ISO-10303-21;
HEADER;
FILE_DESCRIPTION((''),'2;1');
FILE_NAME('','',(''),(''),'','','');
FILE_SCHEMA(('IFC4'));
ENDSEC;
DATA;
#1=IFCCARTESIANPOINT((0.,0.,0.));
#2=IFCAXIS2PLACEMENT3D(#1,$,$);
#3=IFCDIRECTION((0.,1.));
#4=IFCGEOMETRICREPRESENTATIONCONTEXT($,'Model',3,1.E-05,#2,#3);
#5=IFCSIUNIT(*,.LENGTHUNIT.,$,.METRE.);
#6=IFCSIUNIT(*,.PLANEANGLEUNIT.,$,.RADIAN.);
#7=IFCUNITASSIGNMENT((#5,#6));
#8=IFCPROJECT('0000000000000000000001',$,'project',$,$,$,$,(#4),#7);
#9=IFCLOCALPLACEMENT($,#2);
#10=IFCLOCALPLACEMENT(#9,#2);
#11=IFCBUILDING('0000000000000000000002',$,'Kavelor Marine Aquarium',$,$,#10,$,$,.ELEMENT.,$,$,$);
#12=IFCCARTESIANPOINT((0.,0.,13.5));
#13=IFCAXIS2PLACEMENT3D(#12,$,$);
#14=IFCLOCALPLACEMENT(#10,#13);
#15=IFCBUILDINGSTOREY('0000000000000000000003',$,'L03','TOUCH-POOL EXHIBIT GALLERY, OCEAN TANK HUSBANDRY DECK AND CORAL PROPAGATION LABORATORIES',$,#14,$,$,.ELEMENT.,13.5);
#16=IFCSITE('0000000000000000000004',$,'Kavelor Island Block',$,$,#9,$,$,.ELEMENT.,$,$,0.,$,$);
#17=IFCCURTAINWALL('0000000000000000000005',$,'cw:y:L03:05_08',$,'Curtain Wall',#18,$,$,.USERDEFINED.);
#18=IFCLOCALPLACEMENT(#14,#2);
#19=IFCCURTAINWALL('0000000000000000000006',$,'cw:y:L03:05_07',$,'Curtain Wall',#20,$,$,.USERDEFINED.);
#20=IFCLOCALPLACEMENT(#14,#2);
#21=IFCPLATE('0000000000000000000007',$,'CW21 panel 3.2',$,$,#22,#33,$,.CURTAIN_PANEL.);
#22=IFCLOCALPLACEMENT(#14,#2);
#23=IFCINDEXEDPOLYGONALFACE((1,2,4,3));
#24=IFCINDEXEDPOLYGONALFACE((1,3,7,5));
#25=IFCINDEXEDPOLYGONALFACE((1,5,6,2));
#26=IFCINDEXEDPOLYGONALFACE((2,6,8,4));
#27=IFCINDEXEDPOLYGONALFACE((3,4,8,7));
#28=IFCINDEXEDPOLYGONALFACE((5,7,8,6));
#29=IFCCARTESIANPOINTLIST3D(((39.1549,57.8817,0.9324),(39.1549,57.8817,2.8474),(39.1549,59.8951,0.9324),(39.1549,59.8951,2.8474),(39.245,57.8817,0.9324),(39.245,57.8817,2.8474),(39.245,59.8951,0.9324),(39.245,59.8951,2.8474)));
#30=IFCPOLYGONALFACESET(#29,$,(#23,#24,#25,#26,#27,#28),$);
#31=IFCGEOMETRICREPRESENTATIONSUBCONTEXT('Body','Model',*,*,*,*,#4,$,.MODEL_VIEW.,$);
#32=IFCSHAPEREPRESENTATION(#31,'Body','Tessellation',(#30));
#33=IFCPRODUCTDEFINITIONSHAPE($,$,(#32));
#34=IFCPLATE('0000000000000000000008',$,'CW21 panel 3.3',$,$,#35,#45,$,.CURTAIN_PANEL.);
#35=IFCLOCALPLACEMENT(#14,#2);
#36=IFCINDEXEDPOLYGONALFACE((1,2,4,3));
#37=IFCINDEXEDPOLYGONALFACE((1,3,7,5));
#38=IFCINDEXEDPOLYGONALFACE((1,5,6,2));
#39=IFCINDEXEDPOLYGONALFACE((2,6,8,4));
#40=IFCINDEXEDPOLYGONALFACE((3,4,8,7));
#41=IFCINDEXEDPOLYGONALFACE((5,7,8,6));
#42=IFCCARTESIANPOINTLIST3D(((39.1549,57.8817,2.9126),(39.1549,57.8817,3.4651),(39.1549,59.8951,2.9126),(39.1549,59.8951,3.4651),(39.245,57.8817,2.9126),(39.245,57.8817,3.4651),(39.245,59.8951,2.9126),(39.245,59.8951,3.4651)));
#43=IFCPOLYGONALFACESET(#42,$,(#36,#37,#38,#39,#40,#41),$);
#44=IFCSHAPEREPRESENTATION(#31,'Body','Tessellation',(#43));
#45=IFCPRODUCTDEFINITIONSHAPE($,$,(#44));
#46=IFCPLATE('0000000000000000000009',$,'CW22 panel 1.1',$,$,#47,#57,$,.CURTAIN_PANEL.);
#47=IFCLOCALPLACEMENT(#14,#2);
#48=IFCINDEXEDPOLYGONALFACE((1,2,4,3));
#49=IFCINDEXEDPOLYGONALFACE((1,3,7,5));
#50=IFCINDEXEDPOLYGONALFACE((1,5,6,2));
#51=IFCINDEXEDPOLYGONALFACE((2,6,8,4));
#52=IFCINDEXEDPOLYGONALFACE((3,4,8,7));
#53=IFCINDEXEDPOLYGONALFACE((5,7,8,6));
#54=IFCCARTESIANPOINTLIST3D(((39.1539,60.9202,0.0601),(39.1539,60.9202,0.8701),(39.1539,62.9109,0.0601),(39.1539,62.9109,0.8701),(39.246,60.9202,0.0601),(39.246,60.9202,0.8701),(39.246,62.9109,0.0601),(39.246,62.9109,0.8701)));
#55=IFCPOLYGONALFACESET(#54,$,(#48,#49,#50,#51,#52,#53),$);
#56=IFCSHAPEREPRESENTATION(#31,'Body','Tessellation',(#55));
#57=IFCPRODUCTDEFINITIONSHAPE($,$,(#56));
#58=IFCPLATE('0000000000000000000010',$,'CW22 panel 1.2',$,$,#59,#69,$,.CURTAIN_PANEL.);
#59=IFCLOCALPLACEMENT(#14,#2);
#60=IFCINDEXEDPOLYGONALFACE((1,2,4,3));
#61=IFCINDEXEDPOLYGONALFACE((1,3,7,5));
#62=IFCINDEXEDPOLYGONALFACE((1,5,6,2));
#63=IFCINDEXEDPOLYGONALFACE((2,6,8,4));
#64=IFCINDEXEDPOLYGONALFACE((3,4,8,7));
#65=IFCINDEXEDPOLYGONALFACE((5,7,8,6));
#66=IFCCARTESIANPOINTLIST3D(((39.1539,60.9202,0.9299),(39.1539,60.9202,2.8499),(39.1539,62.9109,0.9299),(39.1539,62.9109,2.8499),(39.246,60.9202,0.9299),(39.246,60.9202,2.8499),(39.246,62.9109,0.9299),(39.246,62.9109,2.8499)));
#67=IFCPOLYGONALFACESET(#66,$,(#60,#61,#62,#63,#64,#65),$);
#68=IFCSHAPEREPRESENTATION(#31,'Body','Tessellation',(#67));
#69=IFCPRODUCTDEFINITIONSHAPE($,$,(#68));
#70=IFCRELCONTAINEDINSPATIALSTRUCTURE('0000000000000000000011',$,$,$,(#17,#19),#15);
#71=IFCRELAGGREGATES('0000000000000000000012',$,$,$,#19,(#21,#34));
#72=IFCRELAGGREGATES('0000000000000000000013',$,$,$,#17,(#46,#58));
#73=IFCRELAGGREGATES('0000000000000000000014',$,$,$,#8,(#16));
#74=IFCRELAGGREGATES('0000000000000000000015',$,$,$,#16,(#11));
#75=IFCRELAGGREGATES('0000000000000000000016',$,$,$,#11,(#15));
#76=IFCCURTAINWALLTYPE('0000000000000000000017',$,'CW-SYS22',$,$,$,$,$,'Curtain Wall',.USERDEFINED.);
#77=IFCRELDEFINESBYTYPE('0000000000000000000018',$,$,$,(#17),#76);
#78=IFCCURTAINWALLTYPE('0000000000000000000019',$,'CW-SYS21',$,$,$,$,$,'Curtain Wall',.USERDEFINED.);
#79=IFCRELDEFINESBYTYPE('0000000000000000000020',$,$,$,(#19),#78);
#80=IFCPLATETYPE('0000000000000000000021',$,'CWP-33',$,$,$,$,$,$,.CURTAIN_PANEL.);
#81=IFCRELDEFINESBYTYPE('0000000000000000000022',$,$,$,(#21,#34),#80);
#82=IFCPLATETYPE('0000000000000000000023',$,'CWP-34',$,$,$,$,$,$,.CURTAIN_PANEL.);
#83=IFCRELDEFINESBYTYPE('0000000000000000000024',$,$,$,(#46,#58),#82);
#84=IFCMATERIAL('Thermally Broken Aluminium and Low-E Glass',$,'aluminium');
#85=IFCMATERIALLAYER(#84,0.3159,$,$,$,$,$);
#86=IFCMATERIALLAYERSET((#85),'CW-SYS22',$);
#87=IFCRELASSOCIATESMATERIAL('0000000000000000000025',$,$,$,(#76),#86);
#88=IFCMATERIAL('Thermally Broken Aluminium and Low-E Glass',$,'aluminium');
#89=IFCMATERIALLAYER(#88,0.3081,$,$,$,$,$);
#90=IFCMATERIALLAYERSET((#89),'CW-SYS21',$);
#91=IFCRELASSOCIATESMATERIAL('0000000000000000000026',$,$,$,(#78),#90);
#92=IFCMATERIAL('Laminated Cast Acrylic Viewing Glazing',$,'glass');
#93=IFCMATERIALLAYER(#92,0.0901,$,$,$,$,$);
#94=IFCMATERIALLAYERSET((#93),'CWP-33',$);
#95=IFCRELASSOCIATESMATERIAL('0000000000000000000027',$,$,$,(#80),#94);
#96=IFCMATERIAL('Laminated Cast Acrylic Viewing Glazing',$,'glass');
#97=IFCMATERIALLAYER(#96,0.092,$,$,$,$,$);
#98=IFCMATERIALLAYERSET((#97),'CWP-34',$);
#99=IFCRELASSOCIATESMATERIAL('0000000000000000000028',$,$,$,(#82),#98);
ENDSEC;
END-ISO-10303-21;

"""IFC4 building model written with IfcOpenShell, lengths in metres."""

from ifc_helpers import new_model, si_unit, direction, frame, origin, origin_2d, place, context, subcontext, project, spatial, rectangle, extrude, material, layer, layer_set, type_object, element, aggregate, save


model = new_model("IFC4")

# Units and contexts
model_context = context("Model", 3, precision=1e-05, world=origin(), true_north=direction((0.0, 1.0)))
body_context = subcontext(model_context, "Body", "Model", "MODEL_VIEW")
ifc_project = project(units=[si_unit("LENGTHUNIT", "METRE"), si_unit("PLANEANGLEUNIT", "RADIAN")], contexts=[model_context])

# Site, building, storey
site_placement = place(None, origin())
site = spatial("IfcSite", under=ifc_project, at=site_placement, Name="Kavelor Island Block", CompositionType="ELEMENT", RefElevation=0.0)
building_placement = place(site_placement, origin())
building = spatial("IfcBuilding", under=site, at=building_placement, Name="Kavelor Marine Aquarium", CompositionType="ELEMENT")
storey_placement = place(building_placement, frame((0.0, 0.0, 13.5)))
storey = spatial("IfcBuildingStorey", under=building, at=storey_placement, Name="L03", Description="TOUCH-POOL EXHIBIT GALLERY, OCEAN TANK HUSBANDRY DECK AND CORAL PROPAGATION LABORATORIES", CompositionType="ELEMENT", Elevation=13.5)

# Curtain wall
ifc_material_1 = material(Name="Thermally Broken Aluminium and Low-E Glass", Category="aluminium")
ifc_layer_1 = layer(ifc_material_1, 0.3159)
ifc_layer_set_1 = layer_set([ifc_layer_1], Name="CW-SYS22")
curtain_wall_type_1 = type_object("IfcCurtainWallType", Name="CW-SYS22", ElementType="Curtain Wall", PredefinedType="USERDEFINED", material=ifc_layer_set_1)
curtain_wall_1_placement = place(storey_placement, origin())
curtain_wall_1 = element("IfcCurtainWall", 1, at=curtain_wall_1_placement, inside=storey, type_object=curtain_wall_type_1, Name="cw:y:L03:05_08", ObjectType="Curtain Wall", PredefinedType="USERDEFINED")

# Curtain wall
ifc_material_2 = material(Name="Thermally Broken Aluminium and Low-E Glass", Category="aluminium")
ifc_layer_2 = layer(ifc_material_2, 0.3081)
ifc_layer_set_2 = layer_set([ifc_layer_2], Name="CW-SYS21")
curtain_wall_type_2 = type_object("IfcCurtainWallType", Name="CW-SYS21", ElementType="Curtain Wall", PredefinedType="USERDEFINED", material=ifc_layer_set_2)
curtain_wall_2_placement = place(storey_placement, origin())
curtain_wall_2 = element("IfcCurtainWall", 2, at=curtain_wall_2_placement, inside=storey, type_object=curtain_wall_type_2, Name="cw:y:L03:05_07", ObjectType="Curtain Wall", PredefinedType="USERDEFINED")

# Plates
ifc_material_3 = material(Name="Laminated Cast Acrylic Viewing Glazing", Category="glass")
ifc_layer_3 = layer(ifc_material_3, 0.0901)
ifc_layer_set_3 = layer_set([ifc_layer_3], Name="CWP-33")
plate_type_1 = type_object("IfcPlateType", Name="CWP-33", PredefinedType="CURTAIN_PANEL", material=ifc_layer_set_3)
plate_1_placement = place(storey_placement, frame((39.2, 58.8884, 0.9324), z_axis=(0.0, 0.0, 1.0), x_axis=(0.0, 1.0, 0.0)))
plate_1 = element("IfcPlate", 3, at=plate_1_placement, type_object=plate_type_1, Name="CW21 panel 3.2", PredefinedType="CURTAIN_PANEL", context=body_context, shape_type="SweptSolid", body=[
    extrude(rectangle(XDim=2.0134, YDim=0.0901, at=origin_2d()), origin(), (0.0, 0.0, 1.0), 1.915),
])
plate_2_placement = place(storey_placement, frame((39.2, 58.8884, 2.9126), z_axis=(0.0, 0.0, 1.0), x_axis=(0.0, 1.0, 0.0)))
plate_2 = element("IfcPlate", 4, at=plate_2_placement, type_object=plate_type_1, Name="CW21 panel 3.3", PredefinedType="CURTAIN_PANEL", context=body_context, shape_type="SweptSolid", body=[
    extrude(rectangle(XDim=2.0134, YDim=0.0901, at=origin_2d()), origin(), (0.0, 0.0, 1.0), 0.5525),
])
aggregate(curtain_wall_2, [plate_1, plate_2])
ifc_material_4 = material(Name="Laminated Cast Acrylic Viewing Glazing", Category="glass")
ifc_layer_4 = layer(ifc_material_4, 0.092)
ifc_layer_set_4 = layer_set([ifc_layer_4], Name="CWP-34")
plate_type_2 = type_object("IfcPlateType", Name="CWP-34", PredefinedType="CURTAIN_PANEL", material=ifc_layer_set_4)
plate_3_placement = place(storey_placement, frame((39.2, 61.9155, 0.0601), z_axis=(0.0, 0.0, 1.0), x_axis=(0.0, 1.0, 0.0)))
plate_3 = element("IfcPlate", 5, at=plate_3_placement, type_object=plate_type_2, Name="CW22 panel 1.1", PredefinedType="CURTAIN_PANEL", context=body_context, shape_type="SweptSolid", body=[
    extrude(rectangle(XDim=1.9907, YDim=0.092, at=origin_2d()), origin(), (0.0, 0.0, 1.0), 0.8101),
])
plate_4_placement = place(storey_placement, frame((39.2, 61.9155, 0.9299), z_axis=(0.0, 0.0, 1.0), x_axis=(0.0, 1.0, 0.0)))
plate_4 = element("IfcPlate", 6, at=plate_4_placement, type_object=plate_type_2, Name="CW22 panel 1.2", PredefinedType="CURTAIN_PANEL", context=body_context, shape_type="SweptSolid", body=[
    extrude(rectangle(XDim=1.9907, YDim=0.092, at=origin_2d()), origin(), (0.0, 0.0, 1.0), 1.9199),
])
aggregate(curtain_wall_1, [plate_3, plate_4])

save(model, "model.ifc")
